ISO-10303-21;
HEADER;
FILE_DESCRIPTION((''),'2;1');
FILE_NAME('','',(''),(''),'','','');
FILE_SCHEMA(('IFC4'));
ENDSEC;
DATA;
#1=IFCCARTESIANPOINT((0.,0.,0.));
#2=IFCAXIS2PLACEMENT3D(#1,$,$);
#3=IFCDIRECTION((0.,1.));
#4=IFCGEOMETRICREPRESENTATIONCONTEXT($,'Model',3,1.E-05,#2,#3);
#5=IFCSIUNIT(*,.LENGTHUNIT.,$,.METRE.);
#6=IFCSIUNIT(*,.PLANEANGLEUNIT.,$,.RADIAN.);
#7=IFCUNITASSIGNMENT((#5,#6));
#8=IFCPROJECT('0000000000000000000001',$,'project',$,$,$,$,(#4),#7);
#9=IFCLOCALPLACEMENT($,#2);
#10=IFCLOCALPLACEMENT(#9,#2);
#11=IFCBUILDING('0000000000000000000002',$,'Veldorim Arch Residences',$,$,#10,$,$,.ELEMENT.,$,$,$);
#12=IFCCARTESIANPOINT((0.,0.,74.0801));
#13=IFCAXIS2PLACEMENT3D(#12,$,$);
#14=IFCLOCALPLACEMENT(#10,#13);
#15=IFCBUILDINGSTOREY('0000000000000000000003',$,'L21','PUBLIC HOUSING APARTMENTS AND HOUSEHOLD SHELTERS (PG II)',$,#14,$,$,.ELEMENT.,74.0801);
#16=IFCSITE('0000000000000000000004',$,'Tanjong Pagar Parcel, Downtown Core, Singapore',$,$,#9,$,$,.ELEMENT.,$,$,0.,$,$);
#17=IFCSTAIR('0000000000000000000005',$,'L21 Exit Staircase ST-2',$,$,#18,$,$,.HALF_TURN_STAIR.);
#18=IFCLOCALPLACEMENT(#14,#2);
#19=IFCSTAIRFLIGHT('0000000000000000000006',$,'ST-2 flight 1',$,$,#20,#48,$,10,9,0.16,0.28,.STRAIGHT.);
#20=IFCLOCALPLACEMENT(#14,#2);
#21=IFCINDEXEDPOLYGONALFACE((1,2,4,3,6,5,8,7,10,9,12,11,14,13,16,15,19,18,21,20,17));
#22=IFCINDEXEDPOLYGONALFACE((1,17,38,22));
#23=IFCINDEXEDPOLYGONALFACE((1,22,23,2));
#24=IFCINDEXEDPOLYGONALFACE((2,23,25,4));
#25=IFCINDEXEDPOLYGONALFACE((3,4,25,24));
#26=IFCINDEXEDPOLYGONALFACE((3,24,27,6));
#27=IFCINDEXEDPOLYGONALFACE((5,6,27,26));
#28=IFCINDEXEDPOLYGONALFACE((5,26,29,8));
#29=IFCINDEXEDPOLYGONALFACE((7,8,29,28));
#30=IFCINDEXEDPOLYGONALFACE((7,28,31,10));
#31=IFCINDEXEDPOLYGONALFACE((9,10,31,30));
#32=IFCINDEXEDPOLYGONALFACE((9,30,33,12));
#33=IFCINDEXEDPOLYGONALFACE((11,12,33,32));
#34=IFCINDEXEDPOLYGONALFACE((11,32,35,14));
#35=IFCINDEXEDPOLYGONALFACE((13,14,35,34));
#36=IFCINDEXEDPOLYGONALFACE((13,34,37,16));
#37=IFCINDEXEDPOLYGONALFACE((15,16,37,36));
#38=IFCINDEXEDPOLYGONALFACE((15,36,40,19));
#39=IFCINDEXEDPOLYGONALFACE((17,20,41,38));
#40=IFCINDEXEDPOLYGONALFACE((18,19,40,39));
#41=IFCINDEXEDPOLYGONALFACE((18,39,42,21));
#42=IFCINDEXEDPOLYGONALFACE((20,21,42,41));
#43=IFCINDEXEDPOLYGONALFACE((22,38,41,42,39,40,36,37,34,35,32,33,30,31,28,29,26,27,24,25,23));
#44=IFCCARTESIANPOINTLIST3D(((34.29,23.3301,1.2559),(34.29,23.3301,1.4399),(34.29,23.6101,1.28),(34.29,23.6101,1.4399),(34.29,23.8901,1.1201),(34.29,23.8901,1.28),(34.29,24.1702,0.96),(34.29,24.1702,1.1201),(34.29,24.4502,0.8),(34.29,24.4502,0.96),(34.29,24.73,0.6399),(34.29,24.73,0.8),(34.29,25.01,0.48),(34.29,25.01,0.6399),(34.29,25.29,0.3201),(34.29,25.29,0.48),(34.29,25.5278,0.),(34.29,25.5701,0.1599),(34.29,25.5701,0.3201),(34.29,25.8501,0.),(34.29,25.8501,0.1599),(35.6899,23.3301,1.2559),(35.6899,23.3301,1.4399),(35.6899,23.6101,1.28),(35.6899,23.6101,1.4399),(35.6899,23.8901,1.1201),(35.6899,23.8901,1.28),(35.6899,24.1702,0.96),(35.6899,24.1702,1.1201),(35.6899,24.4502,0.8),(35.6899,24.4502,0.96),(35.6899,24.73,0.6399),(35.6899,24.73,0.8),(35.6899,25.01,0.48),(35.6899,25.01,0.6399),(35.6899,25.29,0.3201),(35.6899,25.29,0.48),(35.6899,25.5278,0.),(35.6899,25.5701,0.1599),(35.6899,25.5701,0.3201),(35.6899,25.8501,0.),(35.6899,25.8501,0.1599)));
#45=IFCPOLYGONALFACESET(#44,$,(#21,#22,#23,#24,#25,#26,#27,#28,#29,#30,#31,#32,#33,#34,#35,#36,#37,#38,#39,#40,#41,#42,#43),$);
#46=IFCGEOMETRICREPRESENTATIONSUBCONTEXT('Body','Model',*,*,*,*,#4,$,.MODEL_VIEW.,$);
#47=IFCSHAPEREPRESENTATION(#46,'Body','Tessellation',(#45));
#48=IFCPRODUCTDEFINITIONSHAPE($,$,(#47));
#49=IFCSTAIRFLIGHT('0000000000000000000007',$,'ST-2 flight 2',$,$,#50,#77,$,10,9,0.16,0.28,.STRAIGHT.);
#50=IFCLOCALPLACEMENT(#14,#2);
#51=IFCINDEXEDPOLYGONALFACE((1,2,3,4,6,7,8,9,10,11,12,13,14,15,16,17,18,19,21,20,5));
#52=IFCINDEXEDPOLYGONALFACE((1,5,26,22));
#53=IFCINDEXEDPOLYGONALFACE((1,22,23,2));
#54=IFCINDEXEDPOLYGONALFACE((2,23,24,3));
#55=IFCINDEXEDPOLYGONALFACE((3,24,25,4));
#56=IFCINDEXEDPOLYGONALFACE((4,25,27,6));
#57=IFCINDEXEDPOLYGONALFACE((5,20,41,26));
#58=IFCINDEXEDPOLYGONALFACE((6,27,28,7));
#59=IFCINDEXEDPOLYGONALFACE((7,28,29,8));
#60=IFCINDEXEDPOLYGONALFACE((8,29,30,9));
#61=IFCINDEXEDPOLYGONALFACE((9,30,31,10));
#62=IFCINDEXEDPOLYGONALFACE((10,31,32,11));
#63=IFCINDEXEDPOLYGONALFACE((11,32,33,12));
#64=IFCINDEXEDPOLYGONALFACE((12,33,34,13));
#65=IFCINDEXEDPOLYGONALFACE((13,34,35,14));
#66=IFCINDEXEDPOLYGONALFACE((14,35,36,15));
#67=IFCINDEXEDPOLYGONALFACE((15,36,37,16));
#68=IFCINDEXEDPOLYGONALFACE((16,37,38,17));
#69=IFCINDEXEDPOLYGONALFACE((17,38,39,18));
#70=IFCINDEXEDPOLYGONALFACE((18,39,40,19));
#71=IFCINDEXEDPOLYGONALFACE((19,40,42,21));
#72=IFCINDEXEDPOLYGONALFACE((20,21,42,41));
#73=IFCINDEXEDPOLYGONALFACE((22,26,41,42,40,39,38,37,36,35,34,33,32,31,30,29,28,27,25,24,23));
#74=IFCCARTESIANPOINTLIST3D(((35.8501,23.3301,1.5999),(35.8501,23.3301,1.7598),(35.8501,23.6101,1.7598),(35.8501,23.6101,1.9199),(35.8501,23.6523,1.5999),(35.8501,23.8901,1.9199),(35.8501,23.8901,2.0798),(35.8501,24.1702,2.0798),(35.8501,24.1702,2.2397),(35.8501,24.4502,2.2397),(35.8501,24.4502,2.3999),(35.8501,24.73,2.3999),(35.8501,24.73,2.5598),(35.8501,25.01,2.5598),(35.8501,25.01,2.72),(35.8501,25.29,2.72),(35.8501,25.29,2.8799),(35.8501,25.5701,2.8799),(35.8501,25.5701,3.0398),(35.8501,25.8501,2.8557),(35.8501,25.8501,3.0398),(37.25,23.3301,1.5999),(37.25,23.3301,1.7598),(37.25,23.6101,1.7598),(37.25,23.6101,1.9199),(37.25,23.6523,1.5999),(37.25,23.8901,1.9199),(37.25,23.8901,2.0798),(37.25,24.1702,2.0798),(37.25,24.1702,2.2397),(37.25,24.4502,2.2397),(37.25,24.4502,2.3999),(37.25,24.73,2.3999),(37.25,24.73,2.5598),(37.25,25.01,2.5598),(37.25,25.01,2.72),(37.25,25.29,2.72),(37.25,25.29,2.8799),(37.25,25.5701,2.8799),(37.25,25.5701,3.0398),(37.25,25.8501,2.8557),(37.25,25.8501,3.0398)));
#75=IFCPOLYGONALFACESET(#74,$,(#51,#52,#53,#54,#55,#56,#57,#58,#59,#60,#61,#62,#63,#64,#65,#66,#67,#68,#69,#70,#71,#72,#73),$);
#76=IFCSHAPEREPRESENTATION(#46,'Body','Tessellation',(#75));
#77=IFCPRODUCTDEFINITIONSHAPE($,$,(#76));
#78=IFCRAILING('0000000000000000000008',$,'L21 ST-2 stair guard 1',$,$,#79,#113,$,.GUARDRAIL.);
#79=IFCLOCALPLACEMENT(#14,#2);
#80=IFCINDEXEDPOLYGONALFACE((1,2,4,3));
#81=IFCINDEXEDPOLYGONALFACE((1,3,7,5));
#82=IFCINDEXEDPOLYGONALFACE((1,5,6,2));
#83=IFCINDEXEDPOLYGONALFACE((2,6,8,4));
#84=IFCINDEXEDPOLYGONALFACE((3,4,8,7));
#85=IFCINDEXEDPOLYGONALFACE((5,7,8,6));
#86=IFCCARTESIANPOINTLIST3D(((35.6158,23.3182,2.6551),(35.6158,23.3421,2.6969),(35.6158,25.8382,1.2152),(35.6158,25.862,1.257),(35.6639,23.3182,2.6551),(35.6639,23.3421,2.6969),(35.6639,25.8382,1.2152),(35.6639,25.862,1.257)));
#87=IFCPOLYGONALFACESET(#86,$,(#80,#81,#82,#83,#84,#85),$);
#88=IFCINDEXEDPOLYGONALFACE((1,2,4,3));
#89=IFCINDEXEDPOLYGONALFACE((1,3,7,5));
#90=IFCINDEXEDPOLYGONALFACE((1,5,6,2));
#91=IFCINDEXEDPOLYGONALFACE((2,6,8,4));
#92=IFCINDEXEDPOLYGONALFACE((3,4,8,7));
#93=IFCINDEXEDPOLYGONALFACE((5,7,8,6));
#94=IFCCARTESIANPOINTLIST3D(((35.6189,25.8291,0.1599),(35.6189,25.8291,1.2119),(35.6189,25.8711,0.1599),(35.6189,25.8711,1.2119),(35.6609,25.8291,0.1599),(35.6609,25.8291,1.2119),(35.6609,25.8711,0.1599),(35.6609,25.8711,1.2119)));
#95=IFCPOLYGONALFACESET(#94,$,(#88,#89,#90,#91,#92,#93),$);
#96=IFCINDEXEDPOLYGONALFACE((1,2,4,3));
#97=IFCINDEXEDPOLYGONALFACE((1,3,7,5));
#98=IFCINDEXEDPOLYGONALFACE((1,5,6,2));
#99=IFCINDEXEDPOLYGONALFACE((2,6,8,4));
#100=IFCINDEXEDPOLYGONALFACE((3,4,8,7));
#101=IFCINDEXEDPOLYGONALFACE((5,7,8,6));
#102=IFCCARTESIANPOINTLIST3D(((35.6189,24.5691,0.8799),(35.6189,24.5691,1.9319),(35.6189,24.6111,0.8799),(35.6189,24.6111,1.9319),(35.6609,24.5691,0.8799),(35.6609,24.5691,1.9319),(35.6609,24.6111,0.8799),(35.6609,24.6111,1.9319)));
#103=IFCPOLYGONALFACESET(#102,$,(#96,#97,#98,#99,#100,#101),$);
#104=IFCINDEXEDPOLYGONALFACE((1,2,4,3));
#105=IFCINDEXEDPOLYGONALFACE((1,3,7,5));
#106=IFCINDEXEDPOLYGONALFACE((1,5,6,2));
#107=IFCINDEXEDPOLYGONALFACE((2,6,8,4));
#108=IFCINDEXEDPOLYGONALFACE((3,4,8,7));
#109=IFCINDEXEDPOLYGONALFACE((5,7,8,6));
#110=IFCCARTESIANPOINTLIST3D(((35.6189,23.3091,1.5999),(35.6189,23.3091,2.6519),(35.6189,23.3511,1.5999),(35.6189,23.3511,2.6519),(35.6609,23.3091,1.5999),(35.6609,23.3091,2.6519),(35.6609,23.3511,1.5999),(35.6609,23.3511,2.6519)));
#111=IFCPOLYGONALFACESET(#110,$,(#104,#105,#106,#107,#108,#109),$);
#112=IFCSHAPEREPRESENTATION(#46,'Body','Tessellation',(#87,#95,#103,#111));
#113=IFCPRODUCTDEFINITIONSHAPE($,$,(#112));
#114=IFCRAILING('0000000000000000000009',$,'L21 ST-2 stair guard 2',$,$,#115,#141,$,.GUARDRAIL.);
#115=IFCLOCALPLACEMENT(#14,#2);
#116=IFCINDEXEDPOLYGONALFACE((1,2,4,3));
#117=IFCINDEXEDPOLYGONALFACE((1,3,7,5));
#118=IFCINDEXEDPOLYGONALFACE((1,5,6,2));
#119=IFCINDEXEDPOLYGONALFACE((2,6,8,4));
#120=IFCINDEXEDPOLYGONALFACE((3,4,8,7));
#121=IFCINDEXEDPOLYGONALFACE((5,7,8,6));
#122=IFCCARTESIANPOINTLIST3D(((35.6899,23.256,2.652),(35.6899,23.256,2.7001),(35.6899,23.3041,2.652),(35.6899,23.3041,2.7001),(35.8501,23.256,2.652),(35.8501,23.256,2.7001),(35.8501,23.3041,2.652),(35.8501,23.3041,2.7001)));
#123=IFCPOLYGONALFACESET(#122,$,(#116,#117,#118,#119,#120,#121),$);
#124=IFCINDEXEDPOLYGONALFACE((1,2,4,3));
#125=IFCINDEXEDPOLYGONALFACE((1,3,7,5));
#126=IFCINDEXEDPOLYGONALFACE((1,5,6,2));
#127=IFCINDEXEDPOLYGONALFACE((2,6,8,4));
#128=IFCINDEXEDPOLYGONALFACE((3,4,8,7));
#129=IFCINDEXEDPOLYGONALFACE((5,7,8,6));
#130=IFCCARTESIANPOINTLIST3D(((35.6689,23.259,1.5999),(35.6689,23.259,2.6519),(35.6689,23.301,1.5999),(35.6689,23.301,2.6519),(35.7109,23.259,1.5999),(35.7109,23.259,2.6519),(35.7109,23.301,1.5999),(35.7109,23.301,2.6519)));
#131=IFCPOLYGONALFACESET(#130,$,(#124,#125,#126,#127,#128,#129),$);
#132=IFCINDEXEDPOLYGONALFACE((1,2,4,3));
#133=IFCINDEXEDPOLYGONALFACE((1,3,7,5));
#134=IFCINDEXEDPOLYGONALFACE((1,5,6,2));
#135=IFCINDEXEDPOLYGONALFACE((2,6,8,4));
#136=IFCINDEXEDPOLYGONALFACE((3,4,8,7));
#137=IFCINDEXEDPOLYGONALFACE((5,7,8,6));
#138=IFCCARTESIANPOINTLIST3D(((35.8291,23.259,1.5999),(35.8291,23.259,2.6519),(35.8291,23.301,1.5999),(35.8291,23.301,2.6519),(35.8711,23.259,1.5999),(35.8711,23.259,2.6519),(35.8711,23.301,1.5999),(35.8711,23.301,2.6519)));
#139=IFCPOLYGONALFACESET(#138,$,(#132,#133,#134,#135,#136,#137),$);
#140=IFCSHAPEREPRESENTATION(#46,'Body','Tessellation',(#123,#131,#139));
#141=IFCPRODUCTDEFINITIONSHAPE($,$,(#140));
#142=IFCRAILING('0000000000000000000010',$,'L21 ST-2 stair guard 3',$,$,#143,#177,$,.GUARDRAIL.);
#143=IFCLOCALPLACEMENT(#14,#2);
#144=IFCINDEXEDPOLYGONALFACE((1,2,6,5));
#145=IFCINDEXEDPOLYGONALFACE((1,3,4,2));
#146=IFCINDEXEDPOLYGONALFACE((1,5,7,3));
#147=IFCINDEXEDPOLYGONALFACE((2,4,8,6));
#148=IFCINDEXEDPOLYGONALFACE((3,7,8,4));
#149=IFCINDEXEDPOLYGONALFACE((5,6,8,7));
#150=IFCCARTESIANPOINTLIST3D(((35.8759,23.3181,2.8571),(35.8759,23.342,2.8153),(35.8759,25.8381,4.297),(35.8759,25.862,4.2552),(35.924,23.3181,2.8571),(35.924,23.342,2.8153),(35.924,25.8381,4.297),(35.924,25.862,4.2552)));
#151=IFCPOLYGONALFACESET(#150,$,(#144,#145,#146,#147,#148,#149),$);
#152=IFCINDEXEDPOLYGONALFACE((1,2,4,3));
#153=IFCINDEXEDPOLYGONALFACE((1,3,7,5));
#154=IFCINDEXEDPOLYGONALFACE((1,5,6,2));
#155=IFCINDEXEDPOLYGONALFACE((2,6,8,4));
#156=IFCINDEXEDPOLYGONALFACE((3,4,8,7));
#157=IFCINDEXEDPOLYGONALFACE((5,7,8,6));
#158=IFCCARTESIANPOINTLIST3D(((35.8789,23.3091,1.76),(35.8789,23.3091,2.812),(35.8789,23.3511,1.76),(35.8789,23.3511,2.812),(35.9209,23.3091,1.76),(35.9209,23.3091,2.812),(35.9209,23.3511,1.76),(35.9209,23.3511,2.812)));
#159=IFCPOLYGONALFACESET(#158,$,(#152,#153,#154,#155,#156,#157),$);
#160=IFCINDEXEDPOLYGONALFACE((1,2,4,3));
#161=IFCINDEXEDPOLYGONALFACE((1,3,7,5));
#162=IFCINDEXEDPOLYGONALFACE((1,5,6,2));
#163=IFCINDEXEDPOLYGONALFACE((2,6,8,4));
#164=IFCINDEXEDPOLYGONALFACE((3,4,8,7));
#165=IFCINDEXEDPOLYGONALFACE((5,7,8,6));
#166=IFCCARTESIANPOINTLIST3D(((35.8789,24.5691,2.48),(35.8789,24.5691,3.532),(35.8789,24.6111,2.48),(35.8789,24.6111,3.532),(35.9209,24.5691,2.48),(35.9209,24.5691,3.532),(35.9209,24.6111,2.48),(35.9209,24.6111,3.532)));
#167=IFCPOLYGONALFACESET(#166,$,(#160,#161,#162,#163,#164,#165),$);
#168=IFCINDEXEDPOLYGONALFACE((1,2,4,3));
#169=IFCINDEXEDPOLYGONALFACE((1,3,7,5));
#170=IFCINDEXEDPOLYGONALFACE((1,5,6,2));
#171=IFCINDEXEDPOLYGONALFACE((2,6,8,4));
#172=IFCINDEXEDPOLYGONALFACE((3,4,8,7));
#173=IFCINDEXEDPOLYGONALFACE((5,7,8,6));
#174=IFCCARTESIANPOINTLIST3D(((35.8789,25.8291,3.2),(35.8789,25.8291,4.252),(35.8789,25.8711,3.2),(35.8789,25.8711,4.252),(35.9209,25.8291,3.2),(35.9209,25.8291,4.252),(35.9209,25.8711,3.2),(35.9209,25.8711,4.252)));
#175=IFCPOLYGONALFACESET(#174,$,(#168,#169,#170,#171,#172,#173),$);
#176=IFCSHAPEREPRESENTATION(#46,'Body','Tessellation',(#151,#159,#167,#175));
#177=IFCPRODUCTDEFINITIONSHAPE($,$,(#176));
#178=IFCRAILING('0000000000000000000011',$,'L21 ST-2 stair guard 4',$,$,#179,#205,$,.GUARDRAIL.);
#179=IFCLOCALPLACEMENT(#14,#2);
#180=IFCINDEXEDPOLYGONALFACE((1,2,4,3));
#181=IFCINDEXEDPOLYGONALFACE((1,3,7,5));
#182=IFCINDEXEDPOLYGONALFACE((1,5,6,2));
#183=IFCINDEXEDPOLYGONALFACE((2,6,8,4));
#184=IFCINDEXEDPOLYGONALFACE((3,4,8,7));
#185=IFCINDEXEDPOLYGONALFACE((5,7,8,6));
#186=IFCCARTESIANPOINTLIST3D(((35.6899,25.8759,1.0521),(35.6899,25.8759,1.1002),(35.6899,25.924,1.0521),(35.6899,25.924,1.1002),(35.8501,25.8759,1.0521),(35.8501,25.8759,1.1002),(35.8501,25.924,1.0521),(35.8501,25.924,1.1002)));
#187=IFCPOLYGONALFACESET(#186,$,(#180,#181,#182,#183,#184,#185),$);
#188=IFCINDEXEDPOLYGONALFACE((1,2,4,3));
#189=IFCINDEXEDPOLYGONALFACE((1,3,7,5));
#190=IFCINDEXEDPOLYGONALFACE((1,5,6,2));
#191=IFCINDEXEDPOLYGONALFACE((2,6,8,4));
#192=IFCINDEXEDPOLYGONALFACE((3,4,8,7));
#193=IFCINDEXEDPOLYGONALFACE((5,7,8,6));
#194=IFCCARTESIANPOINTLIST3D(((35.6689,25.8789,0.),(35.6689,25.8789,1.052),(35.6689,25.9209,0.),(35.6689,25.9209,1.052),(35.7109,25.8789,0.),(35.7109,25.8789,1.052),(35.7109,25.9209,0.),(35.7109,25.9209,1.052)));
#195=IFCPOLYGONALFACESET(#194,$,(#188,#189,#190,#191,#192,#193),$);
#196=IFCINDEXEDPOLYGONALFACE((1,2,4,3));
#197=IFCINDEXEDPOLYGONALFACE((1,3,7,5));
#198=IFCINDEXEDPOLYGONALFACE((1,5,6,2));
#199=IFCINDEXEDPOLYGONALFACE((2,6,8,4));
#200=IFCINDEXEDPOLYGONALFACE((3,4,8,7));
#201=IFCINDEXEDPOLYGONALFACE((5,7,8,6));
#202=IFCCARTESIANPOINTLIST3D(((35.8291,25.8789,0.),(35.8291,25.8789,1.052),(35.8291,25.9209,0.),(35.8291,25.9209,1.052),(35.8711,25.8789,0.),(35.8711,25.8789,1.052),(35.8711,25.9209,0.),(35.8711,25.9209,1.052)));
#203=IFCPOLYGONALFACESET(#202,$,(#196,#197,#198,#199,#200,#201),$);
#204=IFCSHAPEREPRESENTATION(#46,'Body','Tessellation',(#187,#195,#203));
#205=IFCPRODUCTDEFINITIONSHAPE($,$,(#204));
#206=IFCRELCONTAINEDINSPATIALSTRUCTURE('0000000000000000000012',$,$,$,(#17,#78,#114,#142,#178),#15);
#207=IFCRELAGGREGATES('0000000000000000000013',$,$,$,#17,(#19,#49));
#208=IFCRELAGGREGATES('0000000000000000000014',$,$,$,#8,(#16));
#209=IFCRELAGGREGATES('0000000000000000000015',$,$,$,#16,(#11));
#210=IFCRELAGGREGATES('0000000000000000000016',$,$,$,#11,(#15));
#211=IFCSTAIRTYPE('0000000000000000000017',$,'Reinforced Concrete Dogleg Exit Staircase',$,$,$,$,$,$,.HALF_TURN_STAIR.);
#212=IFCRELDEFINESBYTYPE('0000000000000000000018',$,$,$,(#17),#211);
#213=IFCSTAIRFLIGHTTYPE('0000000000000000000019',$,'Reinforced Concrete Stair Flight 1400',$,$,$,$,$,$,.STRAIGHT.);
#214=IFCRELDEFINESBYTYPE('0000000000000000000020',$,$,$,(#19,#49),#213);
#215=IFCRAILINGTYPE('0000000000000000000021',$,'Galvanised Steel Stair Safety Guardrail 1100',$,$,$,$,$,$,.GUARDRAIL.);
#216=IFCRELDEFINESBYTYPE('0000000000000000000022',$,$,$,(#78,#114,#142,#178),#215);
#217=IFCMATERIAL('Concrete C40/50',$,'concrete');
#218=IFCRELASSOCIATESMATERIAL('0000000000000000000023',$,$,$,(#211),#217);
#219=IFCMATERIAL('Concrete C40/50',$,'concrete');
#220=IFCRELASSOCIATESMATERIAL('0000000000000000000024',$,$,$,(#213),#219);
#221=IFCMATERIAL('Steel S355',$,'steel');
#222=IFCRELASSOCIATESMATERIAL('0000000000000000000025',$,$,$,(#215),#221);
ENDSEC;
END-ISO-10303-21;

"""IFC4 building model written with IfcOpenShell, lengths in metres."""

from ifc_helpers import new_model, si_unit, direction, frame, origin, origin_2d, place, context, subcontext, project, spatial, polyline, rectangle, outline, extrude, material, type_object, element, aggregate, save


model = new_model("IFC4")

# Units and contexts
model_context = context("Model", 3, precision=1e-05, world=origin(), true_north=direction((0.0, 1.0)))
body_context = subcontext(model_context, "Body", "Model", "MODEL_VIEW")
ifc_project = project(units=[si_unit("LENGTHUNIT", "METRE"), si_unit("PLANEANGLEUNIT", "RADIAN")], contexts=[model_context])

# Site, building, storey
site_placement = place(None, origin())
site = spatial("IfcSite", under=ifc_project, at=site_placement, Name="Tanjong Pagar Parcel, Downtown Core, Singapore", CompositionType="ELEMENT", RefElevation=0.0)
building_placement = place(site_placement, origin())
building = spatial("IfcBuilding", under=site, at=building_placement, Name="Veldorim Arch Residences", CompositionType="ELEMENT")
storey_placement = place(building_placement, frame((0.0, 0.0, 74.0801)))
storey = spatial("IfcBuildingStorey", under=building, at=storey_placement, Name="L21", Description="PUBLIC HOUSING APARTMENTS AND HOUSEHOLD SHELTERS (PG II)", CompositionType="ELEMENT", Elevation=74.0801)

# Stair, stair flights
ifc_material_1 = material(Name="Concrete C40/50", Category="concrete")
stair_type = type_object("IfcStairType", Name="Reinforced Concrete Dogleg Exit Staircase", PredefinedType="HALF_TURN_STAIR", material=ifc_material_1)
stair_placement = place(storey_placement, origin())
stair = element("IfcStair", 1, at=stair_placement, inside=storey, type_object=stair_type, Name="L21 Exit Staircase ST-2", PredefinedType="HALF_TURN_STAIR")
ifc_material_2 = material(Name="Concrete C40/50", Category="concrete")
stair_flight_type = type_object("IfcStairFlightType", Name="Reinforced Concrete Stair Flight 1400", PredefinedType="STRAIGHT", material=ifc_material_2)
stair_flight_1_placement = place(storey_placement, frame((34.99, 25.8501, 0.0), z_axis=(0.0, 0.0, 1.0), x_axis=(0.0, -1.0, 0.0)))
stair_flight_1 = element("IfcStairFlight", 2, at=stair_flight_1_placement, type_object=stair_flight_type, Name="ST-2 flight 1", NumberOfRisers=10, NumberOfTreads=9, PredefinedType="STRAIGHT", RiserHeight=0.16, TreadLength=0.28, context=body_context, shape_type="SweptSolid", body=[
    extrude(outline(polyline([(0.0, 0.0), (0.0, 0.1599), (0.28, 0.1599), (0.28, 0.3201), (0.5601, 0.3201), (0.5601, 0.48), (0.8401, 0.48), (0.8401, 0.6399), (1.1201, 0.6399), (1.1201, 0.8), (1.3999, 0.8), (1.3999, 0.96), (1.6799, 0.96), (1.6799, 1.1201), (1.96, 1.1201), (1.96, 1.28), (2.24, 1.28), (2.24, 1.4399), (2.52, 1.4399), (2.52, 1.6001), (2.52, 1.2559), (0.3223, 0.0), (0.0, 0.0)])), frame((0.0, 0.7, 0.0), z_axis=(0.0, -1.0, 0.0), x_axis=(1.0, 0.0, 0.0)), (0.0, 0.0, 1.0), 1.3999),
])
stair_flight_2_placement = place(storey_placement, frame((36.55, 23.3301, 1.5999), z_axis=(0.0, 0.0, 1.0), x_axis=(0.0, 1.0, 0.0)))
stair_flight_2 = element("IfcStairFlight", 3, at=stair_flight_2_placement, type_object=stair_flight_type, Name="ST-2 flight 2", NumberOfRisers=10, NumberOfTreads=9, PredefinedType="STRAIGHT", RiserHeight=0.16, TreadLength=0.28, context=body_context, shape_type="SweptSolid", body=[
    extrude(outline(polyline([(0.0, 0.0), (0.0, 0.1599), (0.28, 0.1599), (0.28, 0.3201), (0.5601, 0.3201), (0.5601, 0.48), (0.8401, 0.48), (0.8401, 0.6399), (1.1201, 0.6399), (1.1201, 0.8), (1.3999, 0.8), (1.3999, 0.96), (1.6799, 0.96), (1.6799, 1.1201), (1.96, 1.1201), (1.96, 1.28), (2.24, 1.28), (2.24, 1.4399), (2.52, 1.4399), (2.52, 1.6001), (2.52, 1.2559), (0.3223, 0.0), (0.0, 0.0)])), frame((0.0, 0.7, 0.0), z_axis=(0.0, -1.0, 0.0), x_axis=(1.0, 0.0, 0.0)), (0.0, 0.0, 1.0), 1.3999),
])
aggregate(stair, [stair_flight_1, stair_flight_2])

# Railings
ifc_material_3 = material(Name="Steel S355", Category="steel")
railing_type_1 = type_object("IfcRailingType", Name="Galvanised Steel Stair Safety Guardrail 1100", PredefinedType="GUARDRAIL", material=ifc_material_3)
railing_1_placement = place(storey_placement, frame((35.6399, 25.8501, 0.1599)))
element("IfcRailing", 4, at=railing_1_placement, inside=storey, type_object=railing_type_1, Name="L21 ST-2 stair guard 1", PredefinedType="GUARDRAIL", context=body_context, shape_type="SweptSolid", body=[
    extrude(rectangle(XDim=0.0481, YDim=0.0481, at=origin_2d()), frame((0.0, 0.0, 1.0762), z_axis=(0.0, -0.868253, 0.496121), x_axis=(1.0, 0.0, 0.0)), (0.0, 0.0, 1.0), 2.9023),
    extrude(rectangle(XDim=0.042, YDim=0.042, at=origin_2d()), origin(), (0.0, 0.0, 1.0), 1.052),
    extrude(rectangle(XDim=0.042, YDim=0.042, at=origin_2d()), frame((0.0, -1.26, 0.72)), (0.0, 0.0, 1.0), 1.052),
    extrude(rectangle(XDim=0.042, YDim=0.042, at=origin_2d()), frame((0.0, -2.52, 1.4399)), (0.0, 0.0, 1.0), 1.052),
])
railing_2_placement = place(storey_placement, frame((35.6899, 23.28, 1.5999)))
element("IfcRailing", 5, at=railing_2_placement, inside=storey, type_object=railing_type_1, Name="L21 ST-2 stair guard 2", PredefinedType="GUARDRAIL", context=body_context, shape_type="SweptSolid", body=[
    extrude(rectangle(XDim=0.0481, YDim=0.0481, at=origin_2d()), frame((0.0, 0.0, 1.0762), z_axis=(1.0, 0.0, 0.0), x_axis=(0.0, 1.0, 0.0)), (0.0, 0.0, 1.0), 0.1602),
    extrude(rectangle(XDim=0.042, YDim=0.042, at=origin_2d()), origin(), (0.0, 0.0, 1.0), 1.052),
    extrude(rectangle(XDim=0.042, YDim=0.042, at=origin_2d()), frame((0.1602, 0.0, 0.0)), (0.0, 0.0, 1.0), 1.052),
])
railing_3_placement = place(storey_placement, frame((35.8999, 23.3301, 1.76)))
element("IfcRailing", 6, at=railing_3_placement, inside=storey, type_object=railing_type_1, Name="L21 ST-2 stair guard 3", PredefinedType="GUARDRAIL", context=body_context, shape_type="SweptSolid", body=[
    extrude(rectangle(XDim=0.0481, YDim=0.0481, at=origin_2d()), frame((0.0, 0.0, 1.0762), z_axis=(0.0, 0.868253, 0.496121), x_axis=(-1.0, 0.0, 0.0)), (0.0, 0.0, 1.0), 2.9023),
    extrude(rectangle(XDim=0.042, YDim=0.042, at=origin_2d()), origin(), (0.0, 0.0, 1.0), 1.052),
    extrude(rectangle(XDim=0.042, YDim=0.042, at=origin_2d()), frame((0.0, 1.26, 0.72)), (0.0, 0.0, 1.0), 1.052),
    extrude(rectangle(XDim=0.042, YDim=0.042, at=origin_2d()), frame((0.0, 2.52, 1.4399)), (0.0, 0.0, 1.0), 1.052),
])
railing_4_placement = place(storey_placement, frame((35.6899, 25.8999, 0.0)))
element("IfcRailing", 7, at=railing_4_placement, inside=storey, type_object=railing_type_1, Name="L21 ST-2 stair guard 4", PredefinedType="GUARDRAIL", context=body_context, shape_type="SweptSolid", body=[
    extrude(rectangle(XDim=0.0481, YDim=0.0481, at=origin_2d()), frame((0.0, 0.0, 1.0762), z_axis=(1.0, 0.0, 0.0), x_axis=(0.0, 1.0, 0.0)), (0.0, 0.0, 1.0), 0.1602),
    extrude(rectangle(XDim=0.042, YDim=0.042, at=origin_2d()), origin(), (0.0, 0.0, 1.0), 1.052),
    extrude(rectangle(XDim=0.042, YDim=0.042, at=origin_2d()), frame((0.1602, 0.0, 0.0)), (0.0, 0.0, 1.0), 1.052),
])

save(model, "model.ifc")
